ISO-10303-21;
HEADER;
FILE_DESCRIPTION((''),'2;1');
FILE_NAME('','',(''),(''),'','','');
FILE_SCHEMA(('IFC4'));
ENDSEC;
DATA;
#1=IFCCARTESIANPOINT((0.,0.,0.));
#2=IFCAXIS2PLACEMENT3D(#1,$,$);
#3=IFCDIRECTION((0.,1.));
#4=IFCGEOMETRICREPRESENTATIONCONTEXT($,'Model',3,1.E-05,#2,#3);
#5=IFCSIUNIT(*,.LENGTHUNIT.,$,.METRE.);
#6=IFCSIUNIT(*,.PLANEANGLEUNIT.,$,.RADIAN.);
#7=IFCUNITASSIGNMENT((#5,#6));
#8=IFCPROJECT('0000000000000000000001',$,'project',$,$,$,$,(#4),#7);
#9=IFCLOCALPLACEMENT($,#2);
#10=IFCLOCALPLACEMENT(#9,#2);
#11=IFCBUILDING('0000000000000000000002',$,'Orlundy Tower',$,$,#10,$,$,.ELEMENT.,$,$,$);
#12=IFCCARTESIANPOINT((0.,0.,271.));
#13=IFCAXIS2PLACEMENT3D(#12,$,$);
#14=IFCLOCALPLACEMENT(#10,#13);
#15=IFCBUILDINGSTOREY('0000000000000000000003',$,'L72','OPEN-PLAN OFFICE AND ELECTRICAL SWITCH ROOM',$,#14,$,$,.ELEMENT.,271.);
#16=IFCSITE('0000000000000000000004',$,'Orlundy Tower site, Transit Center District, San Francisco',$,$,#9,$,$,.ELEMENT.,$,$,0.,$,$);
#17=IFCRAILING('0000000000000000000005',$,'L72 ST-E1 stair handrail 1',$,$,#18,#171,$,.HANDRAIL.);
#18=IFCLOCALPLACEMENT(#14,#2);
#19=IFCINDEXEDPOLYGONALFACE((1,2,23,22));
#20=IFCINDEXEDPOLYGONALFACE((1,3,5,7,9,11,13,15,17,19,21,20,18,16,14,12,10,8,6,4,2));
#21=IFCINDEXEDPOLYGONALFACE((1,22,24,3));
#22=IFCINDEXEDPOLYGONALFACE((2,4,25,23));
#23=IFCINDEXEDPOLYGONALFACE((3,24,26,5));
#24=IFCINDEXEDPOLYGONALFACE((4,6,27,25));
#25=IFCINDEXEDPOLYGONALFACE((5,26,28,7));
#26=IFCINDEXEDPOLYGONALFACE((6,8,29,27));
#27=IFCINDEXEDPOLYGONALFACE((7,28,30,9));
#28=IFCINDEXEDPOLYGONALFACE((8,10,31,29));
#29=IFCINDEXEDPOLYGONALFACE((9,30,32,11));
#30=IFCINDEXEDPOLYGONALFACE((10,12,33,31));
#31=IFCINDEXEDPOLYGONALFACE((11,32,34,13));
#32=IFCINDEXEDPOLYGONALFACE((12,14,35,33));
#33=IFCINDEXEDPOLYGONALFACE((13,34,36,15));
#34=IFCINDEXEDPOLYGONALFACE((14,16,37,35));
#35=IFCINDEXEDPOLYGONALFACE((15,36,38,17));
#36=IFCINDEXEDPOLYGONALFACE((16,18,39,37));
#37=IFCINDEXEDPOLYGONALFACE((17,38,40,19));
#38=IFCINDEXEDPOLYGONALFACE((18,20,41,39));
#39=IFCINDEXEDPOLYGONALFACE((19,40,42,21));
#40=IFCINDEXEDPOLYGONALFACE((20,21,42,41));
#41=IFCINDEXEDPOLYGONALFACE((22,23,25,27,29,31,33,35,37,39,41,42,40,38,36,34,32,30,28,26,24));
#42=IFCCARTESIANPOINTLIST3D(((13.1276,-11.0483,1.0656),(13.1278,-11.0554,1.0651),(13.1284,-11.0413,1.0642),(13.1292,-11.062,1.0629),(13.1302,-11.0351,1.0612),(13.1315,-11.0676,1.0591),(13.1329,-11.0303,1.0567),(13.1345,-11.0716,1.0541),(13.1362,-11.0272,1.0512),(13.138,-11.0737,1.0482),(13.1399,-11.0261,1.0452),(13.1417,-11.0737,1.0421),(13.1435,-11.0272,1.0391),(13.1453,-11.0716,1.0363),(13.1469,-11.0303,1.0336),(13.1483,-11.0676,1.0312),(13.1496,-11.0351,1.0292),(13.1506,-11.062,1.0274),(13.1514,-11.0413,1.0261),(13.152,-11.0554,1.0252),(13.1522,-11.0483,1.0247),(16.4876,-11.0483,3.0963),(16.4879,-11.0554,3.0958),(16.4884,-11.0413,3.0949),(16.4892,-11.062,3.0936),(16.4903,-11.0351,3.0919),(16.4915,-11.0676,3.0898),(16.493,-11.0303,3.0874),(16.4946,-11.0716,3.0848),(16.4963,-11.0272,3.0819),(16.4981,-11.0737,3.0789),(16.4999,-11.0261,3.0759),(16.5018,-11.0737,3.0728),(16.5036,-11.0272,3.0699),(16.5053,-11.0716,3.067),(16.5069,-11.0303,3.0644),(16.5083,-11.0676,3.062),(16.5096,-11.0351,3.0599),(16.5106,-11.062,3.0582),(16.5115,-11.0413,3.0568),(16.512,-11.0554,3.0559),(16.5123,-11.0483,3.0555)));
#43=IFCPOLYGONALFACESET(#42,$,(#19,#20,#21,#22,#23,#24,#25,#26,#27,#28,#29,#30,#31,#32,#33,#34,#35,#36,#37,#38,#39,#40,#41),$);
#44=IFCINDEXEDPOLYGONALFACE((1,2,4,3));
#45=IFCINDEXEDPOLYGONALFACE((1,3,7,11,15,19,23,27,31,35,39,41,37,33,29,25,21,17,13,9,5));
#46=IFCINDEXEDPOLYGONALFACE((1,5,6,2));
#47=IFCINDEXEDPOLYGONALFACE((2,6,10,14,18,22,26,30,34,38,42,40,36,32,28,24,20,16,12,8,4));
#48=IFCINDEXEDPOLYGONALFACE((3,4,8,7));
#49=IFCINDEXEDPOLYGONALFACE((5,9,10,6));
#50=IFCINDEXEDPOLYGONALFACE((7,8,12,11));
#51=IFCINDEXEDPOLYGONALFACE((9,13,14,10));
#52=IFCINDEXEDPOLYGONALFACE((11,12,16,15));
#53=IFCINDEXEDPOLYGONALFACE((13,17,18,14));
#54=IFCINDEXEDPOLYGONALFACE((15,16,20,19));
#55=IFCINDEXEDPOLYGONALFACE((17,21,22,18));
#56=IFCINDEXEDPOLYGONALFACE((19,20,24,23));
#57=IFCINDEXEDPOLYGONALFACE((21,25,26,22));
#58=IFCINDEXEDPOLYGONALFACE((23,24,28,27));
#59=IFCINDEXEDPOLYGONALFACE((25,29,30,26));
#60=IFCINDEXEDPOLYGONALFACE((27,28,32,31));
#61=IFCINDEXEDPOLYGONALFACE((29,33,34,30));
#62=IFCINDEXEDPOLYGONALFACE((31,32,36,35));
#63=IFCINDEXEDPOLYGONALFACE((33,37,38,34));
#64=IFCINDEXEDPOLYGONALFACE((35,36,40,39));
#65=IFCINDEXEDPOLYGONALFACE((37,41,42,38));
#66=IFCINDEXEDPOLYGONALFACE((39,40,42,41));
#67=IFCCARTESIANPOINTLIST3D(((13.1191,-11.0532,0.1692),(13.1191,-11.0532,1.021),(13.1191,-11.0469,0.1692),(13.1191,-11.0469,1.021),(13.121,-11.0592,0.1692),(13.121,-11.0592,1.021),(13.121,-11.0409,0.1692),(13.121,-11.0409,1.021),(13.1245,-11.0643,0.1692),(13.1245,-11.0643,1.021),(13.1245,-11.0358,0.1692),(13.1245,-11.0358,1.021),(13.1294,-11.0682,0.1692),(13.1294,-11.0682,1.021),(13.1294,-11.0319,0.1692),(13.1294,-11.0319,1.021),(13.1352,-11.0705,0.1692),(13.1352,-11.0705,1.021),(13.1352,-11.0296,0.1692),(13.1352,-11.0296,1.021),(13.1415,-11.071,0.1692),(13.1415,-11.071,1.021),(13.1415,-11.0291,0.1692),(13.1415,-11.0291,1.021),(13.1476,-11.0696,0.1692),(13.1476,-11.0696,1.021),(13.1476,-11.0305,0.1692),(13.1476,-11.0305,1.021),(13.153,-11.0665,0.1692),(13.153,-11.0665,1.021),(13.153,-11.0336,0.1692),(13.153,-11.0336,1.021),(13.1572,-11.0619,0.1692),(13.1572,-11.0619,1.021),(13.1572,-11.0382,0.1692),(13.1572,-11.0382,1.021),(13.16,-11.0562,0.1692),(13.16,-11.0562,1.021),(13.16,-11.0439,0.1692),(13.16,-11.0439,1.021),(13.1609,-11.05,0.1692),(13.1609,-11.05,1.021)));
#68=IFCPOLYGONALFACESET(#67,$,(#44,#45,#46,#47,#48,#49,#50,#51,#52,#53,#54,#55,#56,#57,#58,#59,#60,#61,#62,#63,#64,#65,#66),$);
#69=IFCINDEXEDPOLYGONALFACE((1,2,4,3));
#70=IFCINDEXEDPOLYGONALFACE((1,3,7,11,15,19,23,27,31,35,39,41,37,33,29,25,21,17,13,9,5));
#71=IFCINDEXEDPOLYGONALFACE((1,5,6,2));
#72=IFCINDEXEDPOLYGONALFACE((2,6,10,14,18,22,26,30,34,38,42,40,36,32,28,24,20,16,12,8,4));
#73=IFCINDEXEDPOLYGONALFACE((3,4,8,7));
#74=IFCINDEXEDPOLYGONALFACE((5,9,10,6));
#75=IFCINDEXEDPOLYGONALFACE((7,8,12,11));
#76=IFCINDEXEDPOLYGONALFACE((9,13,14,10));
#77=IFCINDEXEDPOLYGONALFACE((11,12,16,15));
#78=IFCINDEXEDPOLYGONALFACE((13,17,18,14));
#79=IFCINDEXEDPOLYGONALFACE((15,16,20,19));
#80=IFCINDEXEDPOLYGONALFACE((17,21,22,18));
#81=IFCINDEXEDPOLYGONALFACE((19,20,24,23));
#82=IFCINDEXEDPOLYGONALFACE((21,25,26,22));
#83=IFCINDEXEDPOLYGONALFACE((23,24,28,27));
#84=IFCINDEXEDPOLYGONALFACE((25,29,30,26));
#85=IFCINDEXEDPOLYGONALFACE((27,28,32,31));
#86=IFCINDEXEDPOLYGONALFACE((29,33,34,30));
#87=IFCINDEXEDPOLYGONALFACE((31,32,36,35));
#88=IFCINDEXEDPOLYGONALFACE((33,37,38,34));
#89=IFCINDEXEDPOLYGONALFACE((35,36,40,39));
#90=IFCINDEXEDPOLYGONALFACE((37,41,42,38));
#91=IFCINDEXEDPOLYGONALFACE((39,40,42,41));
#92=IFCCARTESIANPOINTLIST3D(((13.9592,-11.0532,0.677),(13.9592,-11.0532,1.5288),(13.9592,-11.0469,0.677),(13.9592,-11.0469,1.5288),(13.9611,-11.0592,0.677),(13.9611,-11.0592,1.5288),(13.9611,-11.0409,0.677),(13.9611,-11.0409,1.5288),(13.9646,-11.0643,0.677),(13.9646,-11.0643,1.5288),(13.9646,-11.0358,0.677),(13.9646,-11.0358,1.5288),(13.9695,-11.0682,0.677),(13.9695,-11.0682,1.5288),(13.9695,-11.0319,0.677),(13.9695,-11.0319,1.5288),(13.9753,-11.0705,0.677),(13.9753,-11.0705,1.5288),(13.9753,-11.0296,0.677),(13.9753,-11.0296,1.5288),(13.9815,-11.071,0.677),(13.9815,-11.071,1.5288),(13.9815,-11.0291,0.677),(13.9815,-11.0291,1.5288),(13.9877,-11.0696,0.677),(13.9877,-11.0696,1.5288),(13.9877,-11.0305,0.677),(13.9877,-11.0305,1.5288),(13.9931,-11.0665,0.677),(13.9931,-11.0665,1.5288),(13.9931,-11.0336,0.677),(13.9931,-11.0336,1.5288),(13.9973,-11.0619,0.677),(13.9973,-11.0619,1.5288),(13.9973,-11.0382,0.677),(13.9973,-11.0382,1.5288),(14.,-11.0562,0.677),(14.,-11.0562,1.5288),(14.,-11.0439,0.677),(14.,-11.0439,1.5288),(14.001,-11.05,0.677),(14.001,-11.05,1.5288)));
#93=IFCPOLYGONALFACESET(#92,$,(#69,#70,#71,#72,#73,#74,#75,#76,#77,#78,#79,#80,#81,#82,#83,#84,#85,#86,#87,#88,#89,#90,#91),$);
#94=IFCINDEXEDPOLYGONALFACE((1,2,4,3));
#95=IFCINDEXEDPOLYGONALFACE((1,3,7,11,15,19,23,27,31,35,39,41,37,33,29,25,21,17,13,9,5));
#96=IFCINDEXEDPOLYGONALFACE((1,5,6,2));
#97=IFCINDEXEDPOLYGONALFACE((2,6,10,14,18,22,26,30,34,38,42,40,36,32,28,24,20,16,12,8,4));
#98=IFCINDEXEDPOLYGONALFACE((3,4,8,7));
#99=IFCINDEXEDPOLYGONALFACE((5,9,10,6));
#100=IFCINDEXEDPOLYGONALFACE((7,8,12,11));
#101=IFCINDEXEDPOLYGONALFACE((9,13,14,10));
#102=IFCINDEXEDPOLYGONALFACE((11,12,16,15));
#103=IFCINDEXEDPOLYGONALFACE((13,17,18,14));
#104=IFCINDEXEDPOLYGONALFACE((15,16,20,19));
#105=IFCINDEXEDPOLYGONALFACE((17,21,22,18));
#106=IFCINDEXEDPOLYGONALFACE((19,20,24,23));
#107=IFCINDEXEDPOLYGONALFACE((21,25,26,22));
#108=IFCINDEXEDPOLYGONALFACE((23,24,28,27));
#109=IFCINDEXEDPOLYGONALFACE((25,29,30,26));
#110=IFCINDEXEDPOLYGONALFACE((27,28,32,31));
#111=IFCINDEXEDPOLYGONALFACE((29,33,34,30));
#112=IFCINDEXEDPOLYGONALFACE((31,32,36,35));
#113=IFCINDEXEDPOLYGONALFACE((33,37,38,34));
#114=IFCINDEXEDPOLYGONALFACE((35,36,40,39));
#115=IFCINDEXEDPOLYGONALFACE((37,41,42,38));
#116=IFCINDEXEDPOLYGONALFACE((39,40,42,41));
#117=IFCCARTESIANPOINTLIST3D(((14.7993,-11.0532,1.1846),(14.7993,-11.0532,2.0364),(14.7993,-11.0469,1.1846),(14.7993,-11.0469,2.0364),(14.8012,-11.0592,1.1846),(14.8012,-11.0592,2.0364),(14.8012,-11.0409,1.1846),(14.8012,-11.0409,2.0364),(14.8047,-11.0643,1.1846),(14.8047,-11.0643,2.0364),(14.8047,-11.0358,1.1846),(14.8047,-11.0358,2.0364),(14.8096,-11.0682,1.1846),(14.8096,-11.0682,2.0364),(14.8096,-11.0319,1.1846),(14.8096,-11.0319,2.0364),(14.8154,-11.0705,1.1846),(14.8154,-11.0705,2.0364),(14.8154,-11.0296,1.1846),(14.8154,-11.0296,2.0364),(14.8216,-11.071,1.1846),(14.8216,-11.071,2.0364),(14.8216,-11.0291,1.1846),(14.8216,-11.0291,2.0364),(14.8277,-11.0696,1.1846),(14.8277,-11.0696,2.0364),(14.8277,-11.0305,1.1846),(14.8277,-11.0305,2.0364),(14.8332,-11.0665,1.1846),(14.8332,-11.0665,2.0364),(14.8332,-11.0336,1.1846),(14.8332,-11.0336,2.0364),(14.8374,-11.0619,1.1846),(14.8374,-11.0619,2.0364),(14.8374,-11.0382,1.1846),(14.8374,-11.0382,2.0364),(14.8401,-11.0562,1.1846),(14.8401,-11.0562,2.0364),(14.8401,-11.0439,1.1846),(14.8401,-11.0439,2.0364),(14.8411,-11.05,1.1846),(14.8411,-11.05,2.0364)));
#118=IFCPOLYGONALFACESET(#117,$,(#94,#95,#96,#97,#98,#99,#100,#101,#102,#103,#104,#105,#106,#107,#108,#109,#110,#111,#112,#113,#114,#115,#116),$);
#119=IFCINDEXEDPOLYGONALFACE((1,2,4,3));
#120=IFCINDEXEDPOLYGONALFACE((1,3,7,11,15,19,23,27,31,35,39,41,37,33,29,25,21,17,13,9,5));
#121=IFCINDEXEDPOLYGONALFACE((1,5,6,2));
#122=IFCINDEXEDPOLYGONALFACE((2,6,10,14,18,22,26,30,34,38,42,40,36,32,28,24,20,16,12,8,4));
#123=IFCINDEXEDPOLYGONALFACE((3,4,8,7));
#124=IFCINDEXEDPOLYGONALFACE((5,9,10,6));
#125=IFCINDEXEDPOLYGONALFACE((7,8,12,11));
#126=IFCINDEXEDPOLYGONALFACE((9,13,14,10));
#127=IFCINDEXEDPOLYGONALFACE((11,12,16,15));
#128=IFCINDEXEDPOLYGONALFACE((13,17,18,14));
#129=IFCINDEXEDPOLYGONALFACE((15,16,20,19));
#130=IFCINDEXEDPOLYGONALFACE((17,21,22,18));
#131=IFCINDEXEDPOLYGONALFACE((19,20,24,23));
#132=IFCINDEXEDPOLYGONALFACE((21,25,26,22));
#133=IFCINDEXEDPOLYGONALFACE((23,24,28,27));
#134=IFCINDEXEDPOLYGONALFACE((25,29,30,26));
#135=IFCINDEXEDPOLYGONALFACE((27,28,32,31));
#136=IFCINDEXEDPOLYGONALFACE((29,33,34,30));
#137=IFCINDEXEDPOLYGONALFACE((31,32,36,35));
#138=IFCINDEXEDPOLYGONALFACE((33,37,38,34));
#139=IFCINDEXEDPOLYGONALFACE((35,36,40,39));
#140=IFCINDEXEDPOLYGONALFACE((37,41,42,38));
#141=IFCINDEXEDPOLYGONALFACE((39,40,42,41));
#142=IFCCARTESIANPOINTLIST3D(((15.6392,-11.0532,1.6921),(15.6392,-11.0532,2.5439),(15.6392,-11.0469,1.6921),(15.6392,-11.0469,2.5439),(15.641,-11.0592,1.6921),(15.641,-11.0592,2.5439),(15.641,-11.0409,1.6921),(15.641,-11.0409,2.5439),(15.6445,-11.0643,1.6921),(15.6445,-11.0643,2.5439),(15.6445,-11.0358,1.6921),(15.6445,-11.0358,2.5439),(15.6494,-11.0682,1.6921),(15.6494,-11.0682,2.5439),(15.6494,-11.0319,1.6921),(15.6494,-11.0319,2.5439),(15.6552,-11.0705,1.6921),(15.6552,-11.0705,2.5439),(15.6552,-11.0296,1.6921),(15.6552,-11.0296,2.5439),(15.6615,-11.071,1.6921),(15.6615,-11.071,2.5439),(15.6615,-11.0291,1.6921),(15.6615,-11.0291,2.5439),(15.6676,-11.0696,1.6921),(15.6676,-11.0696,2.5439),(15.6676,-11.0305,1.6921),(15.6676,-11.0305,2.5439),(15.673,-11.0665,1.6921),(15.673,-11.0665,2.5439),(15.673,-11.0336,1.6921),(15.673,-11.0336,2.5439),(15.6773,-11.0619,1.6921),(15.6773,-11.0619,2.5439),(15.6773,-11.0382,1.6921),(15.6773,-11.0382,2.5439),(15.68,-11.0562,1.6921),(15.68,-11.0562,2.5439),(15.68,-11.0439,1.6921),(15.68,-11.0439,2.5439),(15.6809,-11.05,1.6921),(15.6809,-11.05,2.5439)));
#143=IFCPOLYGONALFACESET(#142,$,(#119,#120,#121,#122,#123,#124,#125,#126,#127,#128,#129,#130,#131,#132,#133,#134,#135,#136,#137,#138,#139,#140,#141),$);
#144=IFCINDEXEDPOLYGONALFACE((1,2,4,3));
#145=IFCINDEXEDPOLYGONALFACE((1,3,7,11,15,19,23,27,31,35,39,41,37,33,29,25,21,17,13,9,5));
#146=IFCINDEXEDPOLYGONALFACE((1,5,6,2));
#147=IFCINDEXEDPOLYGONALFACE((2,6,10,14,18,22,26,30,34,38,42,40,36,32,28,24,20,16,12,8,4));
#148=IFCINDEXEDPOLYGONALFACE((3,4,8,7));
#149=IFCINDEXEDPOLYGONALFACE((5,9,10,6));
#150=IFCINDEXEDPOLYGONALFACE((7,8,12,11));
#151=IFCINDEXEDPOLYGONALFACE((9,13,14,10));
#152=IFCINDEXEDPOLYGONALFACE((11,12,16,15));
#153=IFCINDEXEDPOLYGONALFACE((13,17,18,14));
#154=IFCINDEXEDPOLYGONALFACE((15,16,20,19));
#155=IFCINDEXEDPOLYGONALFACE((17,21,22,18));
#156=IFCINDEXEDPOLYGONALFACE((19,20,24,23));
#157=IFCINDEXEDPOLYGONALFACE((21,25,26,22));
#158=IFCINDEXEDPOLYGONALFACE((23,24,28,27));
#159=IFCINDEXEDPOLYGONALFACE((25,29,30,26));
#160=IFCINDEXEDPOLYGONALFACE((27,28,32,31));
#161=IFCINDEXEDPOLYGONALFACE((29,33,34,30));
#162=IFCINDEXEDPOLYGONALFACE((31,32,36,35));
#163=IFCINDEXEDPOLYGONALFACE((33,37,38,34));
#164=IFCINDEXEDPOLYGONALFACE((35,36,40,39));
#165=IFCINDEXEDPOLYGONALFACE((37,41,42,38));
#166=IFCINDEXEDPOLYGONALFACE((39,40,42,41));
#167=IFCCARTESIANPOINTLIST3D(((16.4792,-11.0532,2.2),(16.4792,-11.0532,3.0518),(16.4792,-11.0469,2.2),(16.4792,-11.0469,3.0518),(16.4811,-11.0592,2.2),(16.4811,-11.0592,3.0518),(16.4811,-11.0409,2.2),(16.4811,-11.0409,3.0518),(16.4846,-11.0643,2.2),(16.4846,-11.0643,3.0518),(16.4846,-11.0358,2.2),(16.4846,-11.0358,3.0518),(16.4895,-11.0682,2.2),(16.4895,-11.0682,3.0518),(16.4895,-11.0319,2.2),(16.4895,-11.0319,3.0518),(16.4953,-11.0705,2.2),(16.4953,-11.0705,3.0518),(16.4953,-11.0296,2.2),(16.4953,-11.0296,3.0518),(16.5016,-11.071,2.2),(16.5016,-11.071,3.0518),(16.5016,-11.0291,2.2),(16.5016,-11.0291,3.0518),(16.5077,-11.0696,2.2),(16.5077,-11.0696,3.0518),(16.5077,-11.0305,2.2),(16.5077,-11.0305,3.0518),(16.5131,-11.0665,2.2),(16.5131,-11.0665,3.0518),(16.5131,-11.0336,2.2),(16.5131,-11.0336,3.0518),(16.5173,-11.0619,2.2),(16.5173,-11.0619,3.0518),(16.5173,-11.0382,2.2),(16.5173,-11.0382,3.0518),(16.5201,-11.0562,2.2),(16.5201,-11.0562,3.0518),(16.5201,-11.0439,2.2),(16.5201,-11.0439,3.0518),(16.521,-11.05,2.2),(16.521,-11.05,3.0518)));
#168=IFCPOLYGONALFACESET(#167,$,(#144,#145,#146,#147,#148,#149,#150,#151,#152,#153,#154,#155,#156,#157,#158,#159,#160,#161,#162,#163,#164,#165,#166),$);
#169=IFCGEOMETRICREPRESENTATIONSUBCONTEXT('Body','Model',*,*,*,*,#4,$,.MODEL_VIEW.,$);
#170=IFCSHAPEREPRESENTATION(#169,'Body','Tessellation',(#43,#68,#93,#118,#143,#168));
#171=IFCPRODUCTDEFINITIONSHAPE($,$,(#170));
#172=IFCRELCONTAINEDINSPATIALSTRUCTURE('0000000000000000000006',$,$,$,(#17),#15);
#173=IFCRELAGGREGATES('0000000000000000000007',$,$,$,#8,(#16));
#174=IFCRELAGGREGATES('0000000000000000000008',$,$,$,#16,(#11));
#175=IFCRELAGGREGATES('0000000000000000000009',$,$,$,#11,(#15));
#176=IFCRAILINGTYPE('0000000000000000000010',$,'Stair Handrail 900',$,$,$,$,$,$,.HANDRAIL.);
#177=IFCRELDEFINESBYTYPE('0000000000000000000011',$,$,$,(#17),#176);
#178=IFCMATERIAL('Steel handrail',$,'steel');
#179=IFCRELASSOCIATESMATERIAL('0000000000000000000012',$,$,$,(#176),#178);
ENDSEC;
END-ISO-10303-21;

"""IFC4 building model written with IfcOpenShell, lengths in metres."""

from ifc_helpers import new_model, si_unit, direction, frame, origin, origin_2d, place, context, subcontext, project, spatial, circle, extrude, material, type_object, element, save


model = new_model("IFC4")

# Units and contexts
model_context = context("Model", 3, precision=1e-05, world=origin(), true_north=direction((0.0, 1.0)))
body_context = subcontext(model_context, "Body", "Model", "MODEL_VIEW")
ifc_project = project(units=[si_unit("LENGTHUNIT", "METRE"), si_unit("PLANEANGLEUNIT", "RADIAN")], contexts=[model_context])

# Site, building, storey
site_placement = place(None, origin())
site = spatial("IfcSite", under=ifc_project, at=site_placement, Name="Orlundy Tower site, Transit Center District, San Francisco", CompositionType="ELEMENT", RefElevation=0.0)
building_placement = place(site_placement, origin())
building = spatial("IfcBuilding", under=site, at=building_placement, Name="Orlundy Tower", CompositionType="ELEMENT")
storey_placement = place(building_placement, frame((0.0, 0.0, 271.0)))
storey = spatial("IfcBuildingStorey", under=building, at=storey_placement, Name="L72", Description="OPEN-PLAN OFFICE AND ELECTRICAL SWITCH ROOM", CompositionType="ELEMENT", Elevation=271.0)

# Railing
ifc_material_1 = material(Name="Steel handrail", Category="steel")
railing_type_1 = type_object("IfcRailingType", Name="Stair Handrail 900", PredefinedType="HANDRAIL", material=ifc_material_1)
railing_1_placement = place(storey_placement, frame((13.1399, -11.05, 0.1692)))
element("IfcRailing", 1, at=railing_1_placement, inside=storey, type_object=railing_type_1, Name="L72 ST-E1 stair handrail 1", PredefinedType="HANDRAIL", context=body_context, shape_type="SweptSolid", body=[
    extrude(circle(Radius=0.0239, at=origin_2d()), frame((0.0, 0.0, 0.876), z_axis=(0.855837, 0.0, 0.517246), x_axis=(0.0, 1.0, 0.0)), (0.0, 0.0, 1.0), 3.926),
    extrude(circle(Radius=0.021, at=origin_2d()), origin(), (0.0, 0.0, 1.0), 0.8518),
    extrude(circle(Radius=0.021, at=origin_2d()), frame((0.8401, 0.0, 0.5078)), (0.0, 0.0, 1.0), 0.8518),
    extrude(circle(Radius=0.021, at=origin_2d()), frame((1.6802, 0.0, 1.0154)), (0.0, 0.0, 1.0), 0.8518),
    extrude(circle(Radius=0.021, at=origin_2d()), frame((2.52, 0.0, 1.5229)), (0.0, 0.0, 1.0), 0.8518),
    extrude(circle(Radius=0.021, at=origin_2d()), frame((3.3601, 0.0, 2.0308)), (0.0, 0.0, 1.0), 0.8518),
])

save(model, "model.ifc")
